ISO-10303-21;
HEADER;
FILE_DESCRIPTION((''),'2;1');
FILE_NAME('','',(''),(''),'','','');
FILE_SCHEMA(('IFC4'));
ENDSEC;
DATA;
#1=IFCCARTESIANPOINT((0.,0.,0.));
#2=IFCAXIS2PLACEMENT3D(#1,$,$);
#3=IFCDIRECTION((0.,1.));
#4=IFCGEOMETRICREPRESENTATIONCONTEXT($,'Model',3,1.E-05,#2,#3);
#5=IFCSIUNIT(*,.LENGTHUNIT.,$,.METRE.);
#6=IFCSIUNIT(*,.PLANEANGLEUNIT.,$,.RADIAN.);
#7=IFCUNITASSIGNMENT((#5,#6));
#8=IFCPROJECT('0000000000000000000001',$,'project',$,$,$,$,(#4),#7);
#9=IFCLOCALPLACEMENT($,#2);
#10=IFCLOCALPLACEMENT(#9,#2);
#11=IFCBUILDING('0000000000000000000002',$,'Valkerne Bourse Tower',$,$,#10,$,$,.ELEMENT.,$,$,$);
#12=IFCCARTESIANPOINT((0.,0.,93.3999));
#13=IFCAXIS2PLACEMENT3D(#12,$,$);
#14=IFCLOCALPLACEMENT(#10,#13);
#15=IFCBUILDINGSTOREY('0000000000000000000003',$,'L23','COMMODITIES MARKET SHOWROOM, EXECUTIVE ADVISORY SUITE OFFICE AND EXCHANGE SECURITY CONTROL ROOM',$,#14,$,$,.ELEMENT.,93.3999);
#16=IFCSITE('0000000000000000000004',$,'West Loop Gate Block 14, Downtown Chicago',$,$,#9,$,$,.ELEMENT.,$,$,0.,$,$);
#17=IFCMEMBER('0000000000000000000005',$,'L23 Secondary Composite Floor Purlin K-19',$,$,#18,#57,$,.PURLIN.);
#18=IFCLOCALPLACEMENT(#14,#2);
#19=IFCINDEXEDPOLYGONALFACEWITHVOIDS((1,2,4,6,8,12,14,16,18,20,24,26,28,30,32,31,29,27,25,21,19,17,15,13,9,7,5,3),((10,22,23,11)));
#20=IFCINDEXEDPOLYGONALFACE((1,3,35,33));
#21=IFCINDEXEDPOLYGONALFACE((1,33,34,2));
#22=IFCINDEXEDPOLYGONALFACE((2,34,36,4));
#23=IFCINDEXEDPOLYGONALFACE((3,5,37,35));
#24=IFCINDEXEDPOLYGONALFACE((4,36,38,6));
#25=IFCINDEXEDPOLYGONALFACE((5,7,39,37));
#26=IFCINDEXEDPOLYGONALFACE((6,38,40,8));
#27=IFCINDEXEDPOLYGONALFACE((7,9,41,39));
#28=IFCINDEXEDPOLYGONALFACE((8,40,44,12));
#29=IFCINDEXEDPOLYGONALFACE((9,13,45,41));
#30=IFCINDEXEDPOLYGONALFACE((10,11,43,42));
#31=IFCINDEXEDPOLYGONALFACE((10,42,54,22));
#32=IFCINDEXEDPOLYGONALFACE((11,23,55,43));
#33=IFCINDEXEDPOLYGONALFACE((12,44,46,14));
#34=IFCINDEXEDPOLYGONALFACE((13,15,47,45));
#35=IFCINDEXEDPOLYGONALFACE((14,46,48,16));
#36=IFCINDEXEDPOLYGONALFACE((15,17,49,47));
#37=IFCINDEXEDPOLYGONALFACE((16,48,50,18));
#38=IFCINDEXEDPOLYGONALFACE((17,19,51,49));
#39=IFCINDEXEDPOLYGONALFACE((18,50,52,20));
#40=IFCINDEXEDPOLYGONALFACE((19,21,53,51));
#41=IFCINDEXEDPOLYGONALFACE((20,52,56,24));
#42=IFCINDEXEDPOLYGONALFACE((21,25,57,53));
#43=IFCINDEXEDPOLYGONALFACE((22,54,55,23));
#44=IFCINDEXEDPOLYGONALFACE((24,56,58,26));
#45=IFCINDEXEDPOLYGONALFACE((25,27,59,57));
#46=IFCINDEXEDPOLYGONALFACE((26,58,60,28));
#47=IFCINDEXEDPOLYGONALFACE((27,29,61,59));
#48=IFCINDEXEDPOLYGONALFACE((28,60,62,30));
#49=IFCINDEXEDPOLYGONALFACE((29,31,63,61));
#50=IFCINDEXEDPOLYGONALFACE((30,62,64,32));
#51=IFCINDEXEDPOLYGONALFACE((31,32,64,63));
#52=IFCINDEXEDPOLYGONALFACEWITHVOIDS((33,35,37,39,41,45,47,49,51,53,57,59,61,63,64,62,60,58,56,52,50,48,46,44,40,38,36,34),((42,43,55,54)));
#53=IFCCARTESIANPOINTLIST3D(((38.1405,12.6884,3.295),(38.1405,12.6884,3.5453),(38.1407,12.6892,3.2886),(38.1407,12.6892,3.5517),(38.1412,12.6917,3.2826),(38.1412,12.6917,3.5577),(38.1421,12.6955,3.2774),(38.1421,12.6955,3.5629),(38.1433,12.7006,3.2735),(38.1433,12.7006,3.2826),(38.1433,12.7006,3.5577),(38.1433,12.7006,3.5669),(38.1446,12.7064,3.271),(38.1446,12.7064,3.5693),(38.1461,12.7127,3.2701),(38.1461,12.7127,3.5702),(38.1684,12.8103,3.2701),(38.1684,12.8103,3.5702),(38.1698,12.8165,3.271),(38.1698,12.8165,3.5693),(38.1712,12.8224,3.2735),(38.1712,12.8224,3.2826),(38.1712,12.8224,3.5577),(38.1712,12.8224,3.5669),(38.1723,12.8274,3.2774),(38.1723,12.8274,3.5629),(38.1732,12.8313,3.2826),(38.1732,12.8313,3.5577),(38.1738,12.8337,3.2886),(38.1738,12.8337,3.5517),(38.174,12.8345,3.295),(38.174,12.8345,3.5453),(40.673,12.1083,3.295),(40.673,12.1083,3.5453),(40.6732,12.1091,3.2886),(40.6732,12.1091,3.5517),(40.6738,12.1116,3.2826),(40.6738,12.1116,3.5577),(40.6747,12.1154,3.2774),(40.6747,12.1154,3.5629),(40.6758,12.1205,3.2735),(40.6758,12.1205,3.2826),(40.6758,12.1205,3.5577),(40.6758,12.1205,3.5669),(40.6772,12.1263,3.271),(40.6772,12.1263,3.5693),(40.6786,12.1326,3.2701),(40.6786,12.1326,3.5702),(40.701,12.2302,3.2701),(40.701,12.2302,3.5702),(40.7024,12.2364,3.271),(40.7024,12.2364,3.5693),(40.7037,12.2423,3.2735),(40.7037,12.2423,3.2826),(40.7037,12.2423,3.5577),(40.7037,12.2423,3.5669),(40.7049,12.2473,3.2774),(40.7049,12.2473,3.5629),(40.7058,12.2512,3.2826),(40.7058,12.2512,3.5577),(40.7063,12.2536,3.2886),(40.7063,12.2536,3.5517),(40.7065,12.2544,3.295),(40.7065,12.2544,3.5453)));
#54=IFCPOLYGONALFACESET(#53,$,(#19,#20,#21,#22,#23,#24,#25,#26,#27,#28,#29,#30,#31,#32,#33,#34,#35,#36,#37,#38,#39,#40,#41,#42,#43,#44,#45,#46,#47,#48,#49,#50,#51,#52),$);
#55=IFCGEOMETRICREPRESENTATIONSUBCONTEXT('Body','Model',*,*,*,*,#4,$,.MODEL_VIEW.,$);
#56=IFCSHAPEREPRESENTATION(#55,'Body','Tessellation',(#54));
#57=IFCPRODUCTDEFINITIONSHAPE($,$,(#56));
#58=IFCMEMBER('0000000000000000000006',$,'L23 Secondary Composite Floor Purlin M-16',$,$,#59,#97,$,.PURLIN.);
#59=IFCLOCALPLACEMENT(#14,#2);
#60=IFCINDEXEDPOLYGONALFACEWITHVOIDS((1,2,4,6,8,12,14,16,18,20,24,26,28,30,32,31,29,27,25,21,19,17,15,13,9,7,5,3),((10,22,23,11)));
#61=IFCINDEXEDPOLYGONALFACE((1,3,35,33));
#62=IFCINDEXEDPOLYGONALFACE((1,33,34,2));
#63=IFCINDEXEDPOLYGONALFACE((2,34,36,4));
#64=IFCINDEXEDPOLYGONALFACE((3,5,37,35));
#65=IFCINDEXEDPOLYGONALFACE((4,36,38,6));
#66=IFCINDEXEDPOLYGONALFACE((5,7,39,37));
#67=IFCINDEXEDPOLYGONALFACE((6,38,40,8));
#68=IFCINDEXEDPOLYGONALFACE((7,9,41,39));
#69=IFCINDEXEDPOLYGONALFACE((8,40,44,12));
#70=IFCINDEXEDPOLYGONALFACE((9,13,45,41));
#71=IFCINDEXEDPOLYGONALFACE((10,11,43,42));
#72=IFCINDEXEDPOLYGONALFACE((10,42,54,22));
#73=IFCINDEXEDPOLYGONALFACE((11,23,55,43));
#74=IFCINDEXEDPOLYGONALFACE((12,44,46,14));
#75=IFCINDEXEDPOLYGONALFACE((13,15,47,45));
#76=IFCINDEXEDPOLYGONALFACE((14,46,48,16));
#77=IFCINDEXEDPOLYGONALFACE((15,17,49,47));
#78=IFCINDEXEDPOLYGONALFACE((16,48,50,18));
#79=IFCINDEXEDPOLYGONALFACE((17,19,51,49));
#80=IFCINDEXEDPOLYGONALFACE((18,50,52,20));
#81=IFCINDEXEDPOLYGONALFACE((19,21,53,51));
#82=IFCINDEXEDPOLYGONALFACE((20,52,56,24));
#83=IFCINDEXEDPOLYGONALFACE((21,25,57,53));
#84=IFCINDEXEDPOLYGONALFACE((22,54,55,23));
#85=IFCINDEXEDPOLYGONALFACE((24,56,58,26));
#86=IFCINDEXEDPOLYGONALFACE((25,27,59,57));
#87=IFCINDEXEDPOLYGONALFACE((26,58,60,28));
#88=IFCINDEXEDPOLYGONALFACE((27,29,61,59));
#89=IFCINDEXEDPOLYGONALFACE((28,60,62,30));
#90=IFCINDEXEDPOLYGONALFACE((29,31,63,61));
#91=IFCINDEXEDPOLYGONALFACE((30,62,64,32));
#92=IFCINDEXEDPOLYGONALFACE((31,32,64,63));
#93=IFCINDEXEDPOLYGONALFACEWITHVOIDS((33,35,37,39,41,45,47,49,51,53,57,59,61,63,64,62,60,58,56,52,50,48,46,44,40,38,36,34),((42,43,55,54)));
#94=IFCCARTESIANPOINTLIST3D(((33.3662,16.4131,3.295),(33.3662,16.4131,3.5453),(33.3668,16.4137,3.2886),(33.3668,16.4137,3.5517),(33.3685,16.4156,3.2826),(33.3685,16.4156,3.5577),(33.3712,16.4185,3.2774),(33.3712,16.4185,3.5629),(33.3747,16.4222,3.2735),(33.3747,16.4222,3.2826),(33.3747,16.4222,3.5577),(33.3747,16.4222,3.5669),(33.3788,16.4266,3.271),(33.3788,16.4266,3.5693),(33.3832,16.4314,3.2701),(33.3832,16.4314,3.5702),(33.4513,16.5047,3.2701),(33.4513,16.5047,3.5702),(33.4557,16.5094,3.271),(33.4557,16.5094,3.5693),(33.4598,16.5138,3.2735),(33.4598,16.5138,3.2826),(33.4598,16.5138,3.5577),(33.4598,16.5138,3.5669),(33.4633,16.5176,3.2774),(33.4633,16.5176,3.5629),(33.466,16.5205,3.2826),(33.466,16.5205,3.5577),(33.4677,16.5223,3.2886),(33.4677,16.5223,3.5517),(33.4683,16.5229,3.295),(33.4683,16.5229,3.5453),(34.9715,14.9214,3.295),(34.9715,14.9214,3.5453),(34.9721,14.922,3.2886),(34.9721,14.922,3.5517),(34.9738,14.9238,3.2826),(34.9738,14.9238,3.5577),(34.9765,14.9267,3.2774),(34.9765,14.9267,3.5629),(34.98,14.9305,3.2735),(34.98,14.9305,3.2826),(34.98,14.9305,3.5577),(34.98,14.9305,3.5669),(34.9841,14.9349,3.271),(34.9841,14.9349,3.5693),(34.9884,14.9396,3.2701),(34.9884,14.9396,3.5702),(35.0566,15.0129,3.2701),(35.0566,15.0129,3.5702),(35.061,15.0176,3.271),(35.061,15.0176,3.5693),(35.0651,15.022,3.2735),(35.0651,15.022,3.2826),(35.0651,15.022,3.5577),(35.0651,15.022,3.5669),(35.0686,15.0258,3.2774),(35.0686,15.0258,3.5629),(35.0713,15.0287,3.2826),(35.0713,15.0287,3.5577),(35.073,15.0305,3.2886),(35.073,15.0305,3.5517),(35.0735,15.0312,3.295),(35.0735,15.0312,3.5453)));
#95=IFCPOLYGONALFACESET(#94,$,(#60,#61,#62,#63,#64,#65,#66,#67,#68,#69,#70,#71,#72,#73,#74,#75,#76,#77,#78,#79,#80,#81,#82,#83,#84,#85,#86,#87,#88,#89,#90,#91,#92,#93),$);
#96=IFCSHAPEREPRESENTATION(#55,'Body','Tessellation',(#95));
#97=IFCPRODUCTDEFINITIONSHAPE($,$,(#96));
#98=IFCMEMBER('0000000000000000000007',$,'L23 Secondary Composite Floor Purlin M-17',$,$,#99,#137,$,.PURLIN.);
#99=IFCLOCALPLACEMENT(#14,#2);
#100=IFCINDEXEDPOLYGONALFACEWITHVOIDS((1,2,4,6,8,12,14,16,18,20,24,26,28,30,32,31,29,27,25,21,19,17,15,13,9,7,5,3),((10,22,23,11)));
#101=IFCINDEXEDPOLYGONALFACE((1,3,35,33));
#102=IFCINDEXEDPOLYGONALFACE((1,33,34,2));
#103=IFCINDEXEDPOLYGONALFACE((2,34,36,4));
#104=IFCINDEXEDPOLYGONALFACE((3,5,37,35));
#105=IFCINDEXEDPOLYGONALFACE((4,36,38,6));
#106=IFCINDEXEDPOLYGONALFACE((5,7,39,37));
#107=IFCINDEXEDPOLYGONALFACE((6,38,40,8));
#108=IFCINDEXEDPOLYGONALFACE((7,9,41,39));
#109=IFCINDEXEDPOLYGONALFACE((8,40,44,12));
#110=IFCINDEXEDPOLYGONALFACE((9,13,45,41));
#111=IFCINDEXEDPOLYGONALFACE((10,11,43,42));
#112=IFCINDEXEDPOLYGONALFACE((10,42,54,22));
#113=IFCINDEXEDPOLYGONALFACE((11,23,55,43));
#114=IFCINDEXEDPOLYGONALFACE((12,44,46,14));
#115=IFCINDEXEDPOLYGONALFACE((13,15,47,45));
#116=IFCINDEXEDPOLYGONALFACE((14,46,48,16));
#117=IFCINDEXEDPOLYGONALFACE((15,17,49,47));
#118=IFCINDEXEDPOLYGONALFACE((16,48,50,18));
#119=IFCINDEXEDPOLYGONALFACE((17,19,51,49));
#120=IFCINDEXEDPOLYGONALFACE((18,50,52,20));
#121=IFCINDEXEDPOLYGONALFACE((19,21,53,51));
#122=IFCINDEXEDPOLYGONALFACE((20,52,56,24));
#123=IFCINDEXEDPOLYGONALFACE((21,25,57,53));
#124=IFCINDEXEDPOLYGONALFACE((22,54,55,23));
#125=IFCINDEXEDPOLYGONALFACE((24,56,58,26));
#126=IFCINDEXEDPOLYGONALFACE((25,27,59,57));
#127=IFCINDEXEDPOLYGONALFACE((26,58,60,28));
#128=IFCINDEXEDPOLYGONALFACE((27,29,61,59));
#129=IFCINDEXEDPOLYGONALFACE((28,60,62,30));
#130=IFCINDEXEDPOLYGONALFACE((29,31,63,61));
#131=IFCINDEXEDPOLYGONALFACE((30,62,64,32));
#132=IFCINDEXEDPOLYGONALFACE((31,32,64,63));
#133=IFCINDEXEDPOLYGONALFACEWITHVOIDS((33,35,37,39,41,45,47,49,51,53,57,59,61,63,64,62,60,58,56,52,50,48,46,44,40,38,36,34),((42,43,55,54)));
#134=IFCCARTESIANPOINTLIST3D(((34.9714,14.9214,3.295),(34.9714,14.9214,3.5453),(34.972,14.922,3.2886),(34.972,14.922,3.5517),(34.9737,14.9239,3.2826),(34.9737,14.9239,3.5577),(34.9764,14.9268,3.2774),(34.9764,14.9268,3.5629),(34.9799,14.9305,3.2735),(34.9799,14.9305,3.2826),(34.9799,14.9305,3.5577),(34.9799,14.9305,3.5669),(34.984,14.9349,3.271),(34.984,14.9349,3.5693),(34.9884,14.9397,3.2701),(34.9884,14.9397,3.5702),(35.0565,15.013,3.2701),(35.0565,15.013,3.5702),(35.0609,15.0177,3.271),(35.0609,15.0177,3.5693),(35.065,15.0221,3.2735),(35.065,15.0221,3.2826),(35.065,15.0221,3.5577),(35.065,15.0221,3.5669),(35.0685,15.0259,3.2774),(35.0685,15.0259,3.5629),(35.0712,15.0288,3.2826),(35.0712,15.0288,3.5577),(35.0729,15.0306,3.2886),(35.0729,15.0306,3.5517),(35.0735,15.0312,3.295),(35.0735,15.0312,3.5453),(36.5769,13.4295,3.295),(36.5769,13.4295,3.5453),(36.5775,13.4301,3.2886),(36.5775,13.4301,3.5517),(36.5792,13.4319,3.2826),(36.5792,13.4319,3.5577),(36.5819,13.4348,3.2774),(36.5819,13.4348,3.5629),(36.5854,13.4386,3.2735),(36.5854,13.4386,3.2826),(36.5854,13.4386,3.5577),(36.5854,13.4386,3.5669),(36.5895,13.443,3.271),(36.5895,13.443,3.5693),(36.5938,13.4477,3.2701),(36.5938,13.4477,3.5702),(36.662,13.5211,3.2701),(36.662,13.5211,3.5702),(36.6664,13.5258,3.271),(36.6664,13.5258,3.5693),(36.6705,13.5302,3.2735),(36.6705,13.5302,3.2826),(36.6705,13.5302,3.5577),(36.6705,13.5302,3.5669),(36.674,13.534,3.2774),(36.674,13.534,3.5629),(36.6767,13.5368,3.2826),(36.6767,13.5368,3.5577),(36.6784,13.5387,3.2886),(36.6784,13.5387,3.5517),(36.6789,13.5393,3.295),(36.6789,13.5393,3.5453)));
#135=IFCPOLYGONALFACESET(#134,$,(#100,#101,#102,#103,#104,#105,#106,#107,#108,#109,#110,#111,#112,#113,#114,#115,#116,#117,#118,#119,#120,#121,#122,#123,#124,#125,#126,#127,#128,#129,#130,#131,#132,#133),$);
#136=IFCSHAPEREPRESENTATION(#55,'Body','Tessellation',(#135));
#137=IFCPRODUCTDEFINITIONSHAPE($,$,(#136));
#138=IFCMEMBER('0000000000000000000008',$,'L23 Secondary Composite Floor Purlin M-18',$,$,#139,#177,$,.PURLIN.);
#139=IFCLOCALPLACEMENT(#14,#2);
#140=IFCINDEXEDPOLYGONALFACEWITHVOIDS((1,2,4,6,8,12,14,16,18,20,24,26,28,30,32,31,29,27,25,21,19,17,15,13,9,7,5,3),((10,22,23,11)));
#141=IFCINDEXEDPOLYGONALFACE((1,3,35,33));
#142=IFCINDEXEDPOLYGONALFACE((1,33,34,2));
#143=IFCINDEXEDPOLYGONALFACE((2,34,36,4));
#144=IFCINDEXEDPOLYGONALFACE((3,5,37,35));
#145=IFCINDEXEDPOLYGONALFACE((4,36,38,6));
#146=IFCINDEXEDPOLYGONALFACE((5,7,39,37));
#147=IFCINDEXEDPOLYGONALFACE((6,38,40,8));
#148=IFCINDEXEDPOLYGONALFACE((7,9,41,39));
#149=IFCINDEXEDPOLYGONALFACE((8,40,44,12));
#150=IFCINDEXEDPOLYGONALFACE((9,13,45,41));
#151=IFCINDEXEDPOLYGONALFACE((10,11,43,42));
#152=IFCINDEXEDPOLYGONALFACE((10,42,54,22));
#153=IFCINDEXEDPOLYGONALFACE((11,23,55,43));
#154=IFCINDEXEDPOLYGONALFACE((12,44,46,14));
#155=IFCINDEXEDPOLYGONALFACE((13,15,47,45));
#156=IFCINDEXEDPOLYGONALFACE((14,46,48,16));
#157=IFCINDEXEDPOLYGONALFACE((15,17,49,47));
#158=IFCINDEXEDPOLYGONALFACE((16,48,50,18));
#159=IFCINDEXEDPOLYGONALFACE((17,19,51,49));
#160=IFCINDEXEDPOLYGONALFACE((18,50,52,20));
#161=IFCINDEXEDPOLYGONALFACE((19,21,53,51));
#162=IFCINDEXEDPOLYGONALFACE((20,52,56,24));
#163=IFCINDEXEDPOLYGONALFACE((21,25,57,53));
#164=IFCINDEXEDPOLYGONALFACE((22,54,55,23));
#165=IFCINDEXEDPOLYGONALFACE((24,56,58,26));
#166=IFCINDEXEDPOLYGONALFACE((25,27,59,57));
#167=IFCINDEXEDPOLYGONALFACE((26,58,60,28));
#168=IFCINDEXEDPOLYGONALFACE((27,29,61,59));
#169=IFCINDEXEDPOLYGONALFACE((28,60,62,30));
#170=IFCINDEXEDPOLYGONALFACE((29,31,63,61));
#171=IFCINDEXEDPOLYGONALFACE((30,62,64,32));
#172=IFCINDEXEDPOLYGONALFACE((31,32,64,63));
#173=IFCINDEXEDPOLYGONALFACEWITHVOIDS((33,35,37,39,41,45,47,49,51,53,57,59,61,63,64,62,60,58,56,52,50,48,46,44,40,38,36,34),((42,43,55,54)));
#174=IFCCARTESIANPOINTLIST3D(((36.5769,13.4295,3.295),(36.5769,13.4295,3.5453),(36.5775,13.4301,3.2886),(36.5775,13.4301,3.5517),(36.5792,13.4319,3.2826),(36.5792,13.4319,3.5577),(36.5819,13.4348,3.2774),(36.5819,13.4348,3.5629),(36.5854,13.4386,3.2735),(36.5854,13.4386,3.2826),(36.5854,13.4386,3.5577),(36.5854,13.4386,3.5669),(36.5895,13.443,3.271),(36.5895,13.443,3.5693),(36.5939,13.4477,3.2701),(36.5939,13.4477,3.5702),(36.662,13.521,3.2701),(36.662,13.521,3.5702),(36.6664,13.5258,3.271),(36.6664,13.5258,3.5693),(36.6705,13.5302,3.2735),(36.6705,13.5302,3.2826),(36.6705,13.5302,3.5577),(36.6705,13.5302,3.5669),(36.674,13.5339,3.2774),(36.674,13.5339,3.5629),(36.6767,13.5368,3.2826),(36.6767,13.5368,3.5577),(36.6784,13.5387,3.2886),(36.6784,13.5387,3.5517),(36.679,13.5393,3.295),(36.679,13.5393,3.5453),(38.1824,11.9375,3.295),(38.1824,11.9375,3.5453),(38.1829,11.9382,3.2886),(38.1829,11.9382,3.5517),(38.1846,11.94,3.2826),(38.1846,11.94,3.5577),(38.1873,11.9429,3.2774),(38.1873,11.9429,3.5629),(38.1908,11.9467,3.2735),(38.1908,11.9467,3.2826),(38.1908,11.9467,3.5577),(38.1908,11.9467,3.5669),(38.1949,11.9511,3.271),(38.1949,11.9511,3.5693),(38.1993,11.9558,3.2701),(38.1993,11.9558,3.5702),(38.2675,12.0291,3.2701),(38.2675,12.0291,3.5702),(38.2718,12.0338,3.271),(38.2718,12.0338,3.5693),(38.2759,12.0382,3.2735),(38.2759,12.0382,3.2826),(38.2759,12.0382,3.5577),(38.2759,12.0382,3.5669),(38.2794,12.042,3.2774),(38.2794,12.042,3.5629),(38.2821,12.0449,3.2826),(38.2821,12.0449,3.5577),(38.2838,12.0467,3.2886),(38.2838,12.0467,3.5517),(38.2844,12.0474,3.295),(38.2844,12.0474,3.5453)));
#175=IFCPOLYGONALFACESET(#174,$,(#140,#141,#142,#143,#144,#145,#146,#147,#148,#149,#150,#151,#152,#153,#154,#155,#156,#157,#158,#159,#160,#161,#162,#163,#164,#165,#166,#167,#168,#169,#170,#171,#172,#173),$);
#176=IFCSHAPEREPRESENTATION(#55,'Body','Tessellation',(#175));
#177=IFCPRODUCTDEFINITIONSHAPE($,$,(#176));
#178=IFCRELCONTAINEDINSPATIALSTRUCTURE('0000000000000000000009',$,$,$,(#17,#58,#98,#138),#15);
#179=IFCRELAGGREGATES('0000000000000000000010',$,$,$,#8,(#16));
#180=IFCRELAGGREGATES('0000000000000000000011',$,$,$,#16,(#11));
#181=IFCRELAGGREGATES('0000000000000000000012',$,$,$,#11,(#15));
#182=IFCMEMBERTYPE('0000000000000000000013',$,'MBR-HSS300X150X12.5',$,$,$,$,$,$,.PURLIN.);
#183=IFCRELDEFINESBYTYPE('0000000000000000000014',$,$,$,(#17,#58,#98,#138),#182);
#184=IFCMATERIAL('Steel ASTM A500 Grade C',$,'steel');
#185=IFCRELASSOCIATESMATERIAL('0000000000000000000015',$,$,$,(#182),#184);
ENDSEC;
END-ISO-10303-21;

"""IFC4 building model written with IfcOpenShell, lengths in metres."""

from ifc_helpers import new_model, si_unit, direction, frame, origin, origin_2d, place, context, subcontext, project, spatial, hollow_rectangle, extrude, material, material_profile, profile_set, type_object, element, save


model = new_model("IFC4")

# Units and contexts
model_context = context("Model", 3, precision=1e-05, world=origin(), true_north=direction((0.0, 1.0)))
body_context = subcontext(model_context, "Body", "Model", "MODEL_VIEW")
ifc_project = project(units=[si_unit("LENGTHUNIT", "METRE"), si_unit("PLANEANGLEUNIT", "RADIAN")], contexts=[model_context])

# Site, building, storey
site_placement = place(None, origin())
site = spatial("IfcSite", under=ifc_project, at=site_placement, Name="West Loop Gate Block 14, Downtown Chicago", CompositionType="ELEMENT", RefElevation=0.0)
building_placement = place(site_placement, origin())
building = spatial("IfcBuilding", under=site, at=building_placement, Name="Valkerne Bourse Tower", CompositionType="ELEMENT")
storey_placement = place(building_placement, frame((0.0, 0.0, 93.3999)))
storey = spatial("IfcBuildingStorey", under=building, at=storey_placement, Name="L23", Description="COMMODITIES MARKET SHOWROOM, EXECUTIVE ADVISORY SUITE OFFICE AND EXCHANGE SECURITY CONTROL ROOM", CompositionType="ELEMENT", Elevation=93.3999)

# Members
ifc_material_1 = material(Name="Steel ASTM A500 Grade C", Category="steel")
ifc_material_profile_1 = material_profile(ifc_material_1, hollow_rectangle(XDim=0.1499, YDim=0.3, WallThickness=0.0125, OuterFilletRadius=0.0249, at=origin_2d()), Name="HSS300X150X12.5")
ifc_profile_set_1 = profile_set([ifc_material_profile_1], Name="Steel ASTM A500 Grade C")
member_type_1 = type_object("IfcMemberType", Name="MBR-HSS300X150X12.5", PredefinedType="PURLIN", material=ifc_profile_set_1)
member_1_placement = place(storey_placement, frame((38.1572, 12.7615, 3.4202), z_axis=(0.974756, -0.223274, 0.0), x_axis=(0.223274, 0.974756, 0.0)))
element("IfcMember", 1, at=member_1_placement, inside=storey, type_object=member_type_1, Name="L23 Secondary Composite Floor Purlin K-19", PredefinedType="PURLIN", context=body_context, shape_type="SweptSolid", body=[
    extrude(hollow_rectangle(XDim=0.1499, YDim=0.3, WallThickness=0.0125, OuterFilletRadius=0.0249, at=origin_2d()), origin(), (0.0, 0.0, 1.0), 2.5981),
])
member_2_placement = place(storey_placement, frame((33.4172, 16.468, 3.4202), z_axis=(0.732536, -0.680729, 0.0), x_axis=(0.680729, 0.732536, 0.0)))
element("IfcMember", 2, at=member_2_placement, inside=storey, type_object=member_type_1, Name="L23 Secondary Composite Floor Purlin M-16", PredefinedType="PURLIN", context=body_context, shape_type="SweptSolid", body=[
    extrude(hollow_rectangle(XDim=0.1499, YDim=0.3, WallThickness=0.0125, OuterFilletRadius=0.0249, at=origin_2d()), origin(), (0.0, 0.0, 1.0), 2.1914),
])
for number, where, z_axis, x_axis, name in (
    (3, (35.0225, 14.9763, 3.4202), (0.732532, -0.680733, 0.0), (0.680733, 0.732532, 0.0), "L23 Secondary Composite Floor Purlin M-17"),
    (4, (36.6279, 13.4844, 3.4202), (0.732532, -0.680733, 0.0), (0.680733, 0.732532, 0.0), "L23 Secondary Composite Floor Purlin M-18"),
):
    element("IfcMember", number, at=place(storey_placement, frame(where, z_axis=z_axis, x_axis=x_axis)), inside=storey, type_object=member_type_1, Name=name, PredefinedType="PURLIN", context=body_context, shape_type="SweptSolid", body=[
        extrude(hollow_rectangle(XDim=0.1499, YDim=0.3, WallThickness=0.0125, OuterFilletRadius=0.0249, at=origin_2d()), origin(), (0.0, 0.0, 1.0), 2.1917),
    ])

save(model, "model.ifc")
